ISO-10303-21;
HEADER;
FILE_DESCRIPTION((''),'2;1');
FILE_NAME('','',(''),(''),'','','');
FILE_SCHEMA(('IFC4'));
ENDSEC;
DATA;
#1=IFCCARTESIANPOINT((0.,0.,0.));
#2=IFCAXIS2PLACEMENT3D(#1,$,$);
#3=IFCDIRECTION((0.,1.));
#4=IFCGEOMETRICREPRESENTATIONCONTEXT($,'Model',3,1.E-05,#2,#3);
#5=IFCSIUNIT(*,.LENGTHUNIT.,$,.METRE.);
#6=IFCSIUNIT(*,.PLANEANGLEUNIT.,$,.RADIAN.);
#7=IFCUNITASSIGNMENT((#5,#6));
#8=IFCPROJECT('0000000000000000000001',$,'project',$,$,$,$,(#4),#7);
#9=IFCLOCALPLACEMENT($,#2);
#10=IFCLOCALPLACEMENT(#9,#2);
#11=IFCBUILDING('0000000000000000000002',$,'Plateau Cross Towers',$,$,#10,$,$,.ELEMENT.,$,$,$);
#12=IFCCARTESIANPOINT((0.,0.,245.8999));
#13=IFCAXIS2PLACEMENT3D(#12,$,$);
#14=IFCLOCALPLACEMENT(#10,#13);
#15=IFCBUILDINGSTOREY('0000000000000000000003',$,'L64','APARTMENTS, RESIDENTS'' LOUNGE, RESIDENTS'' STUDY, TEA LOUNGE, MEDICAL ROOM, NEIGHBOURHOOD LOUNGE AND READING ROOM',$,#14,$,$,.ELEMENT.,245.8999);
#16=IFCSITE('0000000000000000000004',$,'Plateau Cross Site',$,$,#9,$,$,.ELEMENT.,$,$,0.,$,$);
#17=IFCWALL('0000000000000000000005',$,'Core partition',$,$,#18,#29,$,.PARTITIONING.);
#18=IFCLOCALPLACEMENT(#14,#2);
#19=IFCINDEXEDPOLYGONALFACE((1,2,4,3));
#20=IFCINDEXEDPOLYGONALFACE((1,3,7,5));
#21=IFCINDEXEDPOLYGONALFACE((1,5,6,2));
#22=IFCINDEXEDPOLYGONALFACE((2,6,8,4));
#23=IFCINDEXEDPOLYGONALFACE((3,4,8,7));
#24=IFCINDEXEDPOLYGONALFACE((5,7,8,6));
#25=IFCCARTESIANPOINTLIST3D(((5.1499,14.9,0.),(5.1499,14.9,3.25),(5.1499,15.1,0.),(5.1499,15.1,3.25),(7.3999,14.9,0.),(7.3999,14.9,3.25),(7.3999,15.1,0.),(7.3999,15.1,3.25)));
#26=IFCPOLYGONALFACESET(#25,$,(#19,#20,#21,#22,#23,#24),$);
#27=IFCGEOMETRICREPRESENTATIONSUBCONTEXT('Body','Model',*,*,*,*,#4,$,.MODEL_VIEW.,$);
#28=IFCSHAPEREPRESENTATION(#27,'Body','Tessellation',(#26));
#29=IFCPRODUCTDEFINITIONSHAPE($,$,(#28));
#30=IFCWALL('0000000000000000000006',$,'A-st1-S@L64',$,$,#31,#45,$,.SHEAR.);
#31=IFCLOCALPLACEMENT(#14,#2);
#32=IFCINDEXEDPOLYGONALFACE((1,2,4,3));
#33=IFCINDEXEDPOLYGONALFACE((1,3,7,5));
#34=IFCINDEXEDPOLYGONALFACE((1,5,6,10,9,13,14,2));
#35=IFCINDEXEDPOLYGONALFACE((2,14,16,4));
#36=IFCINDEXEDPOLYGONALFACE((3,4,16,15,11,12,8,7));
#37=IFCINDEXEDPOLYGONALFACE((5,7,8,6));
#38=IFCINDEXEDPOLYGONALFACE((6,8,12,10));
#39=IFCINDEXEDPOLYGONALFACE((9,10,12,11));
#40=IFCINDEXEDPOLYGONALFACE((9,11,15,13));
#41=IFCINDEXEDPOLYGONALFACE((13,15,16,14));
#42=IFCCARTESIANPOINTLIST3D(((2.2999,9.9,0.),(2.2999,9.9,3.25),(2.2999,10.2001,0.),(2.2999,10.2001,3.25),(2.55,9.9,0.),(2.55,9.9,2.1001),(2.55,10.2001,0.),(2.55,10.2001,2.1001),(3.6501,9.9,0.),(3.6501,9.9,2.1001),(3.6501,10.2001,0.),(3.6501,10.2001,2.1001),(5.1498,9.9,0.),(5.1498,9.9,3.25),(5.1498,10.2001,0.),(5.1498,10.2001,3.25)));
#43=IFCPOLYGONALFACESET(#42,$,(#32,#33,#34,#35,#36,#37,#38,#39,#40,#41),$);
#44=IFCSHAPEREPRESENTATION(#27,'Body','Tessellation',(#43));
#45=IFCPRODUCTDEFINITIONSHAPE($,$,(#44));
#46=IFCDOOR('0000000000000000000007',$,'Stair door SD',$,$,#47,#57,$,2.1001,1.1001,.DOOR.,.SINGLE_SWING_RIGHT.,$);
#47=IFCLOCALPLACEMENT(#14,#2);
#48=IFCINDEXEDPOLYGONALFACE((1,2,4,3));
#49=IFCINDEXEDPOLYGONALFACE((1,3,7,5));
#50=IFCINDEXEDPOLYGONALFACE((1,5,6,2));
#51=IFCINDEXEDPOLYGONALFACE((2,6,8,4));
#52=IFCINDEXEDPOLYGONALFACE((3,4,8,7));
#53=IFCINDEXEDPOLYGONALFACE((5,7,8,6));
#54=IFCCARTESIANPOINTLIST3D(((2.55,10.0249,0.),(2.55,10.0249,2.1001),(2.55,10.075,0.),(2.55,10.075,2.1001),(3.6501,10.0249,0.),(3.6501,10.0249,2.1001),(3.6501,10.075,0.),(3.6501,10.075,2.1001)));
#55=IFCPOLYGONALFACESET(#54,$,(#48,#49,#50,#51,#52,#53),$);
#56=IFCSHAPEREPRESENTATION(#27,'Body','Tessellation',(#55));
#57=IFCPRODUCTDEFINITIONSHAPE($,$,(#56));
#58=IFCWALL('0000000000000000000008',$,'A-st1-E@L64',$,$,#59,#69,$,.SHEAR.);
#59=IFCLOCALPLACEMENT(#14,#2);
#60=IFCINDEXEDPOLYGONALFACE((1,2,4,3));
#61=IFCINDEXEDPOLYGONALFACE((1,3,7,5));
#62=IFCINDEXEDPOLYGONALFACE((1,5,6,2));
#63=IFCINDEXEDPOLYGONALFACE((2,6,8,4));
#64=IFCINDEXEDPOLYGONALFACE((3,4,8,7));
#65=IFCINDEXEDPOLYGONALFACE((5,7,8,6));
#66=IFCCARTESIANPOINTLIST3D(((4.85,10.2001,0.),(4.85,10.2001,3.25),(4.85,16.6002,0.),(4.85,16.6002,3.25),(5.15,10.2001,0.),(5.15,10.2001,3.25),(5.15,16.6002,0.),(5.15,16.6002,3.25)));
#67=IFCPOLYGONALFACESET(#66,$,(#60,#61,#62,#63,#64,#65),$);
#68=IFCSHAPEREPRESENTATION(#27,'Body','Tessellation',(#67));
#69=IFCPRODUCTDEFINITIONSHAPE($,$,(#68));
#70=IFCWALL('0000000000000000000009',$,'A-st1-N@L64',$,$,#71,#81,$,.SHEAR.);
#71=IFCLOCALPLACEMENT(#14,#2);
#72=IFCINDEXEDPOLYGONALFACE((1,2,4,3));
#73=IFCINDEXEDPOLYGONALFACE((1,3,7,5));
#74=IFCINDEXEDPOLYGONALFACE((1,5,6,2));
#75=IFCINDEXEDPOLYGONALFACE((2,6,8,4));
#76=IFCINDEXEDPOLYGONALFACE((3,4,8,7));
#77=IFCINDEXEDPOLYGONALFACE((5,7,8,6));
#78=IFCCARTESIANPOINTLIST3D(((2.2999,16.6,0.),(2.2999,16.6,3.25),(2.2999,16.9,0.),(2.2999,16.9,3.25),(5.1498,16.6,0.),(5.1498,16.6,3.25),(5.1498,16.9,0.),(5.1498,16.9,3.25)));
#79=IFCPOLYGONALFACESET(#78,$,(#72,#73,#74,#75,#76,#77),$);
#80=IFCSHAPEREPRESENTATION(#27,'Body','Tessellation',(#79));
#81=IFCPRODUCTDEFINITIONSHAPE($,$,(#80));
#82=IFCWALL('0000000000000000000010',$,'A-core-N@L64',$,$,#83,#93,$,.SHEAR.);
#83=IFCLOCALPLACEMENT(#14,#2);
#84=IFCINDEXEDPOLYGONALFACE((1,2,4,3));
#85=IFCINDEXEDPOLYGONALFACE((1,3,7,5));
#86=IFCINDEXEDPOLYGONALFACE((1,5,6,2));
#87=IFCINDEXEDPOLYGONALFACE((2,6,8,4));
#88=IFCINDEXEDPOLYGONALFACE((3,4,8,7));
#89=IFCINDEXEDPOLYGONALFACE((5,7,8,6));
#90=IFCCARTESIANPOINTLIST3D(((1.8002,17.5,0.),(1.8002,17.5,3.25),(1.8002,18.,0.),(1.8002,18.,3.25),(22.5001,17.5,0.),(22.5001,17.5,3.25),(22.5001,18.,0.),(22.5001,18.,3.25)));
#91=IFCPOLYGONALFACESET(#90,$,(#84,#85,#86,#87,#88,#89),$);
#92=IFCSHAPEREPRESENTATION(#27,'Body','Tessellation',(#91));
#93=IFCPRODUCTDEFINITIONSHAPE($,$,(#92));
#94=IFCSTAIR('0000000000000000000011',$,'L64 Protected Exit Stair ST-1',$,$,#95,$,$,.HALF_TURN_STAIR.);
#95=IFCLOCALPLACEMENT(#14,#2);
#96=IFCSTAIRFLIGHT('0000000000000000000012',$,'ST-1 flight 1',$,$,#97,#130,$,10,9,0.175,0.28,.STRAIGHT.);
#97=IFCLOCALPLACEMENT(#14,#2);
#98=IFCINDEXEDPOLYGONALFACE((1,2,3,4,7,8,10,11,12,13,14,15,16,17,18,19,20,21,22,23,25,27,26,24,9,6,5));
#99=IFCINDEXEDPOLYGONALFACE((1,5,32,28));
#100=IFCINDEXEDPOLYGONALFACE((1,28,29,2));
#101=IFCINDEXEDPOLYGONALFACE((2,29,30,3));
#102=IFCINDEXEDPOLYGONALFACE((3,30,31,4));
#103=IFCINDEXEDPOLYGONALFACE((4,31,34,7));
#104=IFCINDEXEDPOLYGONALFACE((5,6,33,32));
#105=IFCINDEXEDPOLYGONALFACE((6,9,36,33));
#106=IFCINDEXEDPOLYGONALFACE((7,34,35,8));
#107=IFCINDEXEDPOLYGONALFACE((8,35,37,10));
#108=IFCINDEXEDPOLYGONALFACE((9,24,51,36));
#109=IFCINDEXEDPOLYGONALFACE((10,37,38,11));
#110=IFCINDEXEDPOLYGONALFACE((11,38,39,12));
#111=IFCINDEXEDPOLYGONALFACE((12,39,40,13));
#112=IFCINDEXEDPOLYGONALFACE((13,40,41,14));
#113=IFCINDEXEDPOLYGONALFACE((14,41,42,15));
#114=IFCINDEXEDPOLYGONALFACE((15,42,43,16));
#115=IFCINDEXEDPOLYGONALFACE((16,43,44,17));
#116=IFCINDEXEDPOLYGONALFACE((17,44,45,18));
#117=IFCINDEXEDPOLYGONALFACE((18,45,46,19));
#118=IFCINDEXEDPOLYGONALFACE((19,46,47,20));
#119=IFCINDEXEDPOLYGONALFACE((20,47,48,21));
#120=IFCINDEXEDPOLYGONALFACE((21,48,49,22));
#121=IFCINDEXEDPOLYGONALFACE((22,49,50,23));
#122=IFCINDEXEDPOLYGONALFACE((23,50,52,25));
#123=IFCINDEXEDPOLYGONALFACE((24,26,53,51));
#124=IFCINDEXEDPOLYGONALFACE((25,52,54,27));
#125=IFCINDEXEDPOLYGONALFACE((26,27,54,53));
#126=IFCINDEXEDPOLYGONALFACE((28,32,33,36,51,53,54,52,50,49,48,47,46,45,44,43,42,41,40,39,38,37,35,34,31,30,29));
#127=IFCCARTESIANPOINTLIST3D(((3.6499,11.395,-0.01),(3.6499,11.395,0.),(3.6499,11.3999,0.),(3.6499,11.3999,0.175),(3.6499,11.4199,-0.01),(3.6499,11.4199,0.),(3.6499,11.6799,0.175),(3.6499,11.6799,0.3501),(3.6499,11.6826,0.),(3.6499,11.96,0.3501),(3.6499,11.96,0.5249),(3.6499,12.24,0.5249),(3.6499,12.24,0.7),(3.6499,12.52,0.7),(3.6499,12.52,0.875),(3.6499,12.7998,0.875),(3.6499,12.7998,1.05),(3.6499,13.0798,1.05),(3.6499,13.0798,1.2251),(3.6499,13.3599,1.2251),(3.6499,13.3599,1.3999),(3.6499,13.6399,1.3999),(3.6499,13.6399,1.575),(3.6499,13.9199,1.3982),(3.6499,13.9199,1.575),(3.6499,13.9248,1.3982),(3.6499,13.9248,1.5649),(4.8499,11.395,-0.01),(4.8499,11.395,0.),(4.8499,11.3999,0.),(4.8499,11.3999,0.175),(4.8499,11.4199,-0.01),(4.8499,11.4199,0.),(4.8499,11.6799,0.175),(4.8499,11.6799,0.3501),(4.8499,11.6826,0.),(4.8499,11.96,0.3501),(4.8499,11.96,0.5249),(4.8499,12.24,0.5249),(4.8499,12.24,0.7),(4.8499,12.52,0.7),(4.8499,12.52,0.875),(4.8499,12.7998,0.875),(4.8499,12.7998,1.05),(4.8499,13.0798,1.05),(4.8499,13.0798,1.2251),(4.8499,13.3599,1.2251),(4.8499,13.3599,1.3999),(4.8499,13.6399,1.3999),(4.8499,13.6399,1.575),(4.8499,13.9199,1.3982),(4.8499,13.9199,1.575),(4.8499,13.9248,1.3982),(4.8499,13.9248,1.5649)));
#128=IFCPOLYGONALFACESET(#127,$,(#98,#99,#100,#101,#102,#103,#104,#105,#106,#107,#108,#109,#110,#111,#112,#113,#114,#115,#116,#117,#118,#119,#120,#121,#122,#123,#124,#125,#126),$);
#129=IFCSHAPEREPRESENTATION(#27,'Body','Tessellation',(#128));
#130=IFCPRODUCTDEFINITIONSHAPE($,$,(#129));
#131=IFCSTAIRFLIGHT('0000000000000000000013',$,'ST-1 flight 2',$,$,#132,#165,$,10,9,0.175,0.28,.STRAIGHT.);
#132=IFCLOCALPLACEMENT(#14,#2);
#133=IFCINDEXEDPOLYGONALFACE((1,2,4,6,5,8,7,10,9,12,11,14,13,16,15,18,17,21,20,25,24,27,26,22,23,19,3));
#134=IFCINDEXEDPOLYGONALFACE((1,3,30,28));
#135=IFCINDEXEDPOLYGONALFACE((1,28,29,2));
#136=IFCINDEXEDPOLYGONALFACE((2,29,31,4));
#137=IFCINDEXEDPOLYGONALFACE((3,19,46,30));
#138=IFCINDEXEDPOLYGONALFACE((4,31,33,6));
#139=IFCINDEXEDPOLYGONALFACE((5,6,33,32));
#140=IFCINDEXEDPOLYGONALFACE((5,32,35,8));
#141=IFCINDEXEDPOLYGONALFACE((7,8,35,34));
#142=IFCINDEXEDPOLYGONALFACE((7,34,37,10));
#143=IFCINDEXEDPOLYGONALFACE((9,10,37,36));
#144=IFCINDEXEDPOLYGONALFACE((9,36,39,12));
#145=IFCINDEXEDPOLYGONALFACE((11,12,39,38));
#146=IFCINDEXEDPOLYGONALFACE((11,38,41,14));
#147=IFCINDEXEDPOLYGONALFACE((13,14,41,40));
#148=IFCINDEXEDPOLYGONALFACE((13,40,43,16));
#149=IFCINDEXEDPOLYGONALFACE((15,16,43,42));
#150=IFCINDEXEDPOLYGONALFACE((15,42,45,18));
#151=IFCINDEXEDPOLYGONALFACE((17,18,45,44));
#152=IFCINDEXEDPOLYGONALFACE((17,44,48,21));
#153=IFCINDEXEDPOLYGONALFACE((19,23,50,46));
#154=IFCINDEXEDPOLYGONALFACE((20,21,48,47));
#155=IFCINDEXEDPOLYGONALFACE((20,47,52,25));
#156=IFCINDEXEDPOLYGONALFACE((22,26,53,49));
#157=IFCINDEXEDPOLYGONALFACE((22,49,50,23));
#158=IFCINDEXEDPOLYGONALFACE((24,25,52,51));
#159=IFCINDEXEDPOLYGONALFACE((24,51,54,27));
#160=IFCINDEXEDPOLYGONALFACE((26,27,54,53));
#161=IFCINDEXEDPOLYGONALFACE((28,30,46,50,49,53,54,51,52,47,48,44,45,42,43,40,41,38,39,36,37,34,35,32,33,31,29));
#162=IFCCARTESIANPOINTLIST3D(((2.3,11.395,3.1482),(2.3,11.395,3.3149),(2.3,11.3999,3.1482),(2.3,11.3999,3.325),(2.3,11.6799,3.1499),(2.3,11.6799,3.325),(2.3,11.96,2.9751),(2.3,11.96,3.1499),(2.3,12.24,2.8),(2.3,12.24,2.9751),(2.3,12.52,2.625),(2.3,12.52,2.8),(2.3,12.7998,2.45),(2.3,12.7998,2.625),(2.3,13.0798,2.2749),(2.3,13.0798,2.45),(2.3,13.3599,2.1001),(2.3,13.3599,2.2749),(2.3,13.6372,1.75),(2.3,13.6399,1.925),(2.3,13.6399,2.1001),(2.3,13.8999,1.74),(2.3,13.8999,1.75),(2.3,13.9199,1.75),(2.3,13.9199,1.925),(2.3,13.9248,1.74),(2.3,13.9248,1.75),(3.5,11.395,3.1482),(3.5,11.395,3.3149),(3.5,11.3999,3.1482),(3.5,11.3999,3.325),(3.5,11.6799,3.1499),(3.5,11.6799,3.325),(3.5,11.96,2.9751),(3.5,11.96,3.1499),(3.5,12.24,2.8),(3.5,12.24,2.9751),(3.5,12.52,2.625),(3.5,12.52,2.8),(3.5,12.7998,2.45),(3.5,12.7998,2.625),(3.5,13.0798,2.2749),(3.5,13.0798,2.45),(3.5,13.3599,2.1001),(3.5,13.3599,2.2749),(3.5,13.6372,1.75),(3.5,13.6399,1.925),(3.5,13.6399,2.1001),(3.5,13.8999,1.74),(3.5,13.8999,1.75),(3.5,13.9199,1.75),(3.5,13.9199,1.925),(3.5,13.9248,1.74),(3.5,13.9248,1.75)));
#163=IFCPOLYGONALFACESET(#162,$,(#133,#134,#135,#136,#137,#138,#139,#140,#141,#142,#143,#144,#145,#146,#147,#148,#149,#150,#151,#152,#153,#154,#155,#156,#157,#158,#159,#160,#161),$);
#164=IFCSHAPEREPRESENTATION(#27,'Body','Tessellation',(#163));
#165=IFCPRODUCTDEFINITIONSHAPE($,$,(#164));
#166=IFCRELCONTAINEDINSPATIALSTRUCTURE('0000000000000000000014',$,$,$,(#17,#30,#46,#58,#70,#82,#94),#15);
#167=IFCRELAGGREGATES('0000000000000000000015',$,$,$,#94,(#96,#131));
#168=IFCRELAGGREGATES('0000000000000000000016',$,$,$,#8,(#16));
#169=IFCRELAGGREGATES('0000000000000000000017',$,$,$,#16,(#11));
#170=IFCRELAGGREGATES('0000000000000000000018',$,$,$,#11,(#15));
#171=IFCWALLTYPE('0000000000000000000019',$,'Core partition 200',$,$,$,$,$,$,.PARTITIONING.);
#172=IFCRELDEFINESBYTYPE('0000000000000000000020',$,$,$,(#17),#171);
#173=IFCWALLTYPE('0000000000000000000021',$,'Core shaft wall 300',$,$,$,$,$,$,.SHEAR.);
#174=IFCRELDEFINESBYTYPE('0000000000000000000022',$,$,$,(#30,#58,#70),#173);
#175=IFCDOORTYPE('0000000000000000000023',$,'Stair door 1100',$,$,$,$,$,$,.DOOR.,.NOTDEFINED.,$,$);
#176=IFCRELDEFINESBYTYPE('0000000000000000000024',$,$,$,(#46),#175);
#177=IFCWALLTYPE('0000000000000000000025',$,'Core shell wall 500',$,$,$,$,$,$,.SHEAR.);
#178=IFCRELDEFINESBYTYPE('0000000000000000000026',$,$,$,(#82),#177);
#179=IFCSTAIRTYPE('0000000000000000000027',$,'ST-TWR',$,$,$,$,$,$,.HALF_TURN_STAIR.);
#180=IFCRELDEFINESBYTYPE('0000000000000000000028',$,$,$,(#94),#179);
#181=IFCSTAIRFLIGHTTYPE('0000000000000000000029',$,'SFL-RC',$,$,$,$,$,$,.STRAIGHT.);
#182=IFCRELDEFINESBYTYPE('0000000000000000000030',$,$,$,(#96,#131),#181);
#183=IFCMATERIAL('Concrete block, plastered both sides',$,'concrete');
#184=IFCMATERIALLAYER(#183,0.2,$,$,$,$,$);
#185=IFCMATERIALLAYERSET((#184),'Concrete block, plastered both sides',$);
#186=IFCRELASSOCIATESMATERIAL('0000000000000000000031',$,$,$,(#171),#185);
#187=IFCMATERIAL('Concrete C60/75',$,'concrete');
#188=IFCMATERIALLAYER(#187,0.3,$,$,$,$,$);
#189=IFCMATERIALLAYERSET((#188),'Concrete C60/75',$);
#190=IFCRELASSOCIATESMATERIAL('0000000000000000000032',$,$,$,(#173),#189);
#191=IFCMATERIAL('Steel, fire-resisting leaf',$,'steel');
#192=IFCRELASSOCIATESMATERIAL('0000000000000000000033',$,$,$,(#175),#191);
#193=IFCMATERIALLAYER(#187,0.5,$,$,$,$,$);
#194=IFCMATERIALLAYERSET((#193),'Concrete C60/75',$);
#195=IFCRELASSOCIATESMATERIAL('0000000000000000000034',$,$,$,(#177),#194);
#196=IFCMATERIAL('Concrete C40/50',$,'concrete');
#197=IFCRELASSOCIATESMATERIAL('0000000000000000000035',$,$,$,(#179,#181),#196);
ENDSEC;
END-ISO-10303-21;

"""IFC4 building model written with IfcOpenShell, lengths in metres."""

from ifc_helpers import new_model, si_unit, direction, frame, frame_2d, origin, place, context, subcontext, project, spatial, polyline, rectangle, outline, extrude, material, layer, layer_set, type_object, element, fill, aggregate, save


model = new_model("IFC4")

# Units and contexts
model_context = context("Model", 3, precision=1e-05, world=origin(), true_north=direction((0.0, 1.0)))
body_context = subcontext(model_context, "Body", "Model", "MODEL_VIEW")
ifc_project = project(units=[si_unit("LENGTHUNIT", "METRE"), si_unit("PLANEANGLEUNIT", "RADIAN")], contexts=[model_context])

# Site, building, storey
site_placement = place(None, origin())
site = spatial("IfcSite", under=ifc_project, at=site_placement, Name="Plateau Cross Site", CompositionType="ELEMENT", RefElevation=0.0)
building_placement = place(site_placement, origin())
building = spatial("IfcBuilding", under=site, at=building_placement, Name="Plateau Cross Towers", CompositionType="ELEMENT")
storey_placement = place(building_placement, frame((0.0, 0.0, 245.8999)))
storey = spatial("IfcBuildingStorey", under=building, at=storey_placement, Name="L64", Description="APARTMENTS, RESIDENTS' LOUNGE, RESIDENTS' STUDY, TEA LOUNGE, MEDICAL ROOM, NEIGHBOURHOOD LOUNGE AND READING ROOM", CompositionType="ELEMENT", Elevation=245.8999)

# Shared definitions
ifc_material_1 = material(Name="Concrete C60/75", Category="concrete")

# Wall
ifc_material_2 = material(Name="Concrete block, plastered both sides", Category="concrete")
ifc_layer_1 = layer(ifc_material_2, 0.2)
ifc_layer_set_1 = layer_set([ifc_layer_1], Name="Concrete block, plastered both sides")
wall_type_1 = type_object("IfcWallType", Name="Core partition 200", PredefinedType="PARTITIONING", material=ifc_layer_set_1)
for number, where, z_axis, x_axis, name in (
    (1, (5.1499, 15.0, 0.0), (0.0, 0.0, 1.0), (1.0, 0.0, 0.0), "Core partition"),
):
    element("IfcWall", number, at=place(storey_placement, frame(where, z_axis=z_axis, x_axis=x_axis)), inside=storey, type_object=wall_type_1, Name=name, PredefinedType="PARTITIONING", context=body_context, shape_type="SweptSolid", body=[
        extrude(rectangle(XDim=2.25, YDim=0.2, at=frame_2d((1.125, 0.0))), origin(), (0.0, 0.0, 1.0), 3.25),
    ])

# Wall, opening, door
ifc_layer_2 = layer(ifc_material_1, 0.3)
ifc_layer_set_2 = layer_set([ifc_layer_2], Name="Concrete C60/75")
wall_type_2 = type_object("IfcWallType", Name="Core shaft wall 300", PredefinedType="SHEAR", material=ifc_layer_set_2)
wall_1_placement = place(storey_placement, frame((2.3, 10.05, 0.0), z_axis=(0.0, 0.0, 1.0), x_axis=(1.0, 0.0, 0.0)))
wall_1 = element("IfcWall", 2, at=wall_1_placement, inside=storey, type_object=wall_type_2, Name="A-st1-S@L64", PredefinedType="SHEAR", context=body_context, shape_type="SweptSolid", body=[
    extrude(rectangle(XDim=2.8499, YDim=0.3, at=frame_2d((1.4248, 0.0))), origin(), (0.0, 0.0, 1.0), 3.25),
])
opening_placement = place(wall_1_placement, frame((0.25, 0.0, 0.0)))
opening = element("IfcOpeningElement", 3, at=opening_placement, cuts=wall_1, PredefinedType="OPENING", context=body_context, shape_type="SweptSolid", body=[
    extrude(rectangle(XDim=1.1001, YDim=2.1001, at=frame_2d((0.55, 1.05))), frame((0.0, 0.1599, 0.0), z_axis=(0.0, -1.0, 0.0), x_axis=(1.0, 0.0, 0.0)), (0.0, 0.0, 1.0), 0.3201),
])
ifc_material_3 = material(Name="Steel, fire-resisting leaf", Category="steel")
door_type = type_object("IfcDoorType", Name="Stair door 1100", OperationType="NOTDEFINED", PredefinedType="DOOR", material=ifc_material_3)
door_placement = place(opening_placement, origin())
door = element("IfcDoor", 4, at=door_placement, inside=storey, type_object=door_type, Name="Stair door SD", OperationType="SINGLE_SWING_RIGHT", OverallHeight=2.1001, OverallWidth=1.1001, PredefinedType="DOOR", context=body_context, shape_type="SweptSolid", body=[
    extrude(rectangle(XDim=1.1001, YDim=2.1001, at=frame_2d((0.55, 1.05))), frame((0.0, 0.0249, 0.0), z_axis=(0.0, -1.0, 0.0), x_axis=(1.0, 0.0, 0.0)), (0.0, 0.0, 1.0), 0.05),
])
fill(opening, door)

# Walls
wall_2_placement = place(storey_placement, frame((5.0, 10.2, 0.0), z_axis=(0.0, 0.0, 1.0), x_axis=(0.0, 1.0, 0.0)))
element("IfcWall", 5, at=wall_2_placement, inside=storey, type_object=wall_type_2, Name="A-st1-E@L64", PredefinedType="SHEAR", context=body_context, shape_type="SweptSolid", body=[
    extrude(rectangle(XDim=6.4001, YDim=0.3, at=frame_2d((3.2002, 0.0))), origin(), (0.0, 0.0, 1.0), 3.25),
])
wall_3_placement = place(storey_placement, frame((2.3, 16.75, 0.0), z_axis=(0.0, 0.0, 1.0), x_axis=(1.0, 0.0, 0.0)))
element("IfcWall", 6, at=wall_3_placement, inside=storey, type_object=wall_type_2, Name="A-st1-N@L64", PredefinedType="SHEAR", context=body_context, shape_type="SweptSolid", body=[
    extrude(rectangle(XDim=2.8499, YDim=0.3, at=frame_2d((1.4248, 0.0))), origin(), (0.0, 0.0, 1.0), 3.25),
])
ifc_layer_3 = layer(ifc_material_1, 0.5)
ifc_layer_set_3 = layer_set([ifc_layer_3], Name="Concrete C60/75")
wall_type_3 = type_object("IfcWallType", Name="Core shell wall 500", PredefinedType="SHEAR", material=ifc_layer_set_3)
wall_4_placement = place(storey_placement, frame((1.8, 17.75, 0.0), z_axis=(0.0, 0.0, 1.0), x_axis=(1.0, 0.0, 0.0)))
element("IfcWall", 7, at=wall_4_placement, inside=storey, type_object=wall_type_3, Name="A-core-N@L64", PredefinedType="SHEAR", context=body_context, shape_type="SweptSolid", body=[
    extrude(rectangle(XDim=20.7, YDim=0.5, at=frame_2d((10.3501, 0.0))), origin(), (0.0, 0.0, 1.0), 3.25),
])

# Stair, stair flights
ifc_material_4 = material(Name="Concrete C40/50", Category="concrete")
stair_type = type_object("IfcStairType", Name="ST-TWR", PredefinedType="HALF_TURN_STAIR", material=ifc_material_4)
stair_placement = place(storey_placement, origin())
stair = element("IfcStair", 8, at=stair_placement, inside=storey, type_object=stair_type, Name="L64 Protected Exit Stair ST-1", PredefinedType="HALF_TURN_STAIR")
stair_flight_type = type_object("IfcStairFlightType", Name="SFL-RC", PredefinedType="STRAIGHT", material=ifc_material_4)
stair_flight_1_placement = place(storey_placement, frame((4.25, 11.3999, 0.0), z_axis=(0.0, 0.0, 1.0), x_axis=(0.0, 1.0, 0.0)))
stair_flight_1 = element("IfcStairFlight", 9, at=stair_flight_1_placement, type_object=stair_flight_type, Name="ST-1 flight 1", NumberOfRisers=10, NumberOfTreads=9, PredefinedType="STRAIGHT", RiserHeight=0.175, TreadLength=0.28, context=body_context, shape_type="SweptSolid", body=[
    extrude(outline(polyline([(-0.0049, -0.01), (-0.0049, 0.0), (0.0, 0.0), (0.0, 0.175), (0.28, 0.175), (0.28, 0.3501), (0.5601, 0.3501), (0.5601, 0.5249), (0.8401, 0.5249), (0.8401, 0.7), (1.1201, 0.7), (1.1201, 0.875), (1.3999, 0.875), (1.3999, 1.05), (1.6799, 1.05), (1.6799, 1.2251), (1.96, 1.2251), (1.96, 1.3999), (2.24, 1.3999), (2.24, 1.575), (2.52, 1.575), (2.5249, 1.5649), (2.5249, 1.3982), (2.52, 1.3982), (0.2827, 0.0), (0.02, 0.0), (0.02, -0.01), (-0.0049, -0.01)])), frame((0.0, 0.6001, 0.0), z_axis=(0.0, -1.0, 0.0), x_axis=(1.0, 0.0, 0.0)), (0.0, 0.0, 1.0), 1.2),
])
stair_flight_2_placement = place(storey_placement, frame((2.8999, 13.9199, 1.75), z_axis=(0.0, 0.0, 1.0), x_axis=(0.0, -1.0, 0.0)))
stair_flight_2 = element("IfcStairFlight", 10, at=stair_flight_2_placement, type_object=stair_flight_type, Name="ST-1 flight 2", NumberOfRisers=10, NumberOfTreads=9, PredefinedType="STRAIGHT", RiserHeight=0.175, TreadLength=0.28, context=body_context, shape_type="SweptSolid", body=[
    extrude(outline(polyline([(-0.0049, -0.01), (-0.0049, 0.0), (0.0, 0.0), (0.0, 0.175), (0.28, 0.175), (0.28, 0.3501), (0.5601, 0.3501), (0.5601, 0.5249), (0.8401, 0.5249), (0.8401, 0.7), (1.1201, 0.7), (1.1201, 0.875), (1.3999, 0.875), (1.3999, 1.05), (1.6799, 1.05), (1.6799, 1.2251), (1.96, 1.2251), (1.96, 1.3999), (2.24, 1.3999), (2.24, 1.575), (2.52, 1.575), (2.5249, 1.5649), (2.5249, 1.3982), (2.52, 1.3982), (0.2827, 0.0), (0.02, 0.0), (0.02, -0.01), (-0.0049, -0.01)])), frame((0.0, 0.6001, 0.0), z_axis=(0.0, -1.0, 0.0), x_axis=(1.0, 0.0, 0.0)), (0.0, 0.0, 1.0), 1.2),
])
aggregate(stair, [stair_flight_1, stair_flight_2])

save(model, "model.ifc")
